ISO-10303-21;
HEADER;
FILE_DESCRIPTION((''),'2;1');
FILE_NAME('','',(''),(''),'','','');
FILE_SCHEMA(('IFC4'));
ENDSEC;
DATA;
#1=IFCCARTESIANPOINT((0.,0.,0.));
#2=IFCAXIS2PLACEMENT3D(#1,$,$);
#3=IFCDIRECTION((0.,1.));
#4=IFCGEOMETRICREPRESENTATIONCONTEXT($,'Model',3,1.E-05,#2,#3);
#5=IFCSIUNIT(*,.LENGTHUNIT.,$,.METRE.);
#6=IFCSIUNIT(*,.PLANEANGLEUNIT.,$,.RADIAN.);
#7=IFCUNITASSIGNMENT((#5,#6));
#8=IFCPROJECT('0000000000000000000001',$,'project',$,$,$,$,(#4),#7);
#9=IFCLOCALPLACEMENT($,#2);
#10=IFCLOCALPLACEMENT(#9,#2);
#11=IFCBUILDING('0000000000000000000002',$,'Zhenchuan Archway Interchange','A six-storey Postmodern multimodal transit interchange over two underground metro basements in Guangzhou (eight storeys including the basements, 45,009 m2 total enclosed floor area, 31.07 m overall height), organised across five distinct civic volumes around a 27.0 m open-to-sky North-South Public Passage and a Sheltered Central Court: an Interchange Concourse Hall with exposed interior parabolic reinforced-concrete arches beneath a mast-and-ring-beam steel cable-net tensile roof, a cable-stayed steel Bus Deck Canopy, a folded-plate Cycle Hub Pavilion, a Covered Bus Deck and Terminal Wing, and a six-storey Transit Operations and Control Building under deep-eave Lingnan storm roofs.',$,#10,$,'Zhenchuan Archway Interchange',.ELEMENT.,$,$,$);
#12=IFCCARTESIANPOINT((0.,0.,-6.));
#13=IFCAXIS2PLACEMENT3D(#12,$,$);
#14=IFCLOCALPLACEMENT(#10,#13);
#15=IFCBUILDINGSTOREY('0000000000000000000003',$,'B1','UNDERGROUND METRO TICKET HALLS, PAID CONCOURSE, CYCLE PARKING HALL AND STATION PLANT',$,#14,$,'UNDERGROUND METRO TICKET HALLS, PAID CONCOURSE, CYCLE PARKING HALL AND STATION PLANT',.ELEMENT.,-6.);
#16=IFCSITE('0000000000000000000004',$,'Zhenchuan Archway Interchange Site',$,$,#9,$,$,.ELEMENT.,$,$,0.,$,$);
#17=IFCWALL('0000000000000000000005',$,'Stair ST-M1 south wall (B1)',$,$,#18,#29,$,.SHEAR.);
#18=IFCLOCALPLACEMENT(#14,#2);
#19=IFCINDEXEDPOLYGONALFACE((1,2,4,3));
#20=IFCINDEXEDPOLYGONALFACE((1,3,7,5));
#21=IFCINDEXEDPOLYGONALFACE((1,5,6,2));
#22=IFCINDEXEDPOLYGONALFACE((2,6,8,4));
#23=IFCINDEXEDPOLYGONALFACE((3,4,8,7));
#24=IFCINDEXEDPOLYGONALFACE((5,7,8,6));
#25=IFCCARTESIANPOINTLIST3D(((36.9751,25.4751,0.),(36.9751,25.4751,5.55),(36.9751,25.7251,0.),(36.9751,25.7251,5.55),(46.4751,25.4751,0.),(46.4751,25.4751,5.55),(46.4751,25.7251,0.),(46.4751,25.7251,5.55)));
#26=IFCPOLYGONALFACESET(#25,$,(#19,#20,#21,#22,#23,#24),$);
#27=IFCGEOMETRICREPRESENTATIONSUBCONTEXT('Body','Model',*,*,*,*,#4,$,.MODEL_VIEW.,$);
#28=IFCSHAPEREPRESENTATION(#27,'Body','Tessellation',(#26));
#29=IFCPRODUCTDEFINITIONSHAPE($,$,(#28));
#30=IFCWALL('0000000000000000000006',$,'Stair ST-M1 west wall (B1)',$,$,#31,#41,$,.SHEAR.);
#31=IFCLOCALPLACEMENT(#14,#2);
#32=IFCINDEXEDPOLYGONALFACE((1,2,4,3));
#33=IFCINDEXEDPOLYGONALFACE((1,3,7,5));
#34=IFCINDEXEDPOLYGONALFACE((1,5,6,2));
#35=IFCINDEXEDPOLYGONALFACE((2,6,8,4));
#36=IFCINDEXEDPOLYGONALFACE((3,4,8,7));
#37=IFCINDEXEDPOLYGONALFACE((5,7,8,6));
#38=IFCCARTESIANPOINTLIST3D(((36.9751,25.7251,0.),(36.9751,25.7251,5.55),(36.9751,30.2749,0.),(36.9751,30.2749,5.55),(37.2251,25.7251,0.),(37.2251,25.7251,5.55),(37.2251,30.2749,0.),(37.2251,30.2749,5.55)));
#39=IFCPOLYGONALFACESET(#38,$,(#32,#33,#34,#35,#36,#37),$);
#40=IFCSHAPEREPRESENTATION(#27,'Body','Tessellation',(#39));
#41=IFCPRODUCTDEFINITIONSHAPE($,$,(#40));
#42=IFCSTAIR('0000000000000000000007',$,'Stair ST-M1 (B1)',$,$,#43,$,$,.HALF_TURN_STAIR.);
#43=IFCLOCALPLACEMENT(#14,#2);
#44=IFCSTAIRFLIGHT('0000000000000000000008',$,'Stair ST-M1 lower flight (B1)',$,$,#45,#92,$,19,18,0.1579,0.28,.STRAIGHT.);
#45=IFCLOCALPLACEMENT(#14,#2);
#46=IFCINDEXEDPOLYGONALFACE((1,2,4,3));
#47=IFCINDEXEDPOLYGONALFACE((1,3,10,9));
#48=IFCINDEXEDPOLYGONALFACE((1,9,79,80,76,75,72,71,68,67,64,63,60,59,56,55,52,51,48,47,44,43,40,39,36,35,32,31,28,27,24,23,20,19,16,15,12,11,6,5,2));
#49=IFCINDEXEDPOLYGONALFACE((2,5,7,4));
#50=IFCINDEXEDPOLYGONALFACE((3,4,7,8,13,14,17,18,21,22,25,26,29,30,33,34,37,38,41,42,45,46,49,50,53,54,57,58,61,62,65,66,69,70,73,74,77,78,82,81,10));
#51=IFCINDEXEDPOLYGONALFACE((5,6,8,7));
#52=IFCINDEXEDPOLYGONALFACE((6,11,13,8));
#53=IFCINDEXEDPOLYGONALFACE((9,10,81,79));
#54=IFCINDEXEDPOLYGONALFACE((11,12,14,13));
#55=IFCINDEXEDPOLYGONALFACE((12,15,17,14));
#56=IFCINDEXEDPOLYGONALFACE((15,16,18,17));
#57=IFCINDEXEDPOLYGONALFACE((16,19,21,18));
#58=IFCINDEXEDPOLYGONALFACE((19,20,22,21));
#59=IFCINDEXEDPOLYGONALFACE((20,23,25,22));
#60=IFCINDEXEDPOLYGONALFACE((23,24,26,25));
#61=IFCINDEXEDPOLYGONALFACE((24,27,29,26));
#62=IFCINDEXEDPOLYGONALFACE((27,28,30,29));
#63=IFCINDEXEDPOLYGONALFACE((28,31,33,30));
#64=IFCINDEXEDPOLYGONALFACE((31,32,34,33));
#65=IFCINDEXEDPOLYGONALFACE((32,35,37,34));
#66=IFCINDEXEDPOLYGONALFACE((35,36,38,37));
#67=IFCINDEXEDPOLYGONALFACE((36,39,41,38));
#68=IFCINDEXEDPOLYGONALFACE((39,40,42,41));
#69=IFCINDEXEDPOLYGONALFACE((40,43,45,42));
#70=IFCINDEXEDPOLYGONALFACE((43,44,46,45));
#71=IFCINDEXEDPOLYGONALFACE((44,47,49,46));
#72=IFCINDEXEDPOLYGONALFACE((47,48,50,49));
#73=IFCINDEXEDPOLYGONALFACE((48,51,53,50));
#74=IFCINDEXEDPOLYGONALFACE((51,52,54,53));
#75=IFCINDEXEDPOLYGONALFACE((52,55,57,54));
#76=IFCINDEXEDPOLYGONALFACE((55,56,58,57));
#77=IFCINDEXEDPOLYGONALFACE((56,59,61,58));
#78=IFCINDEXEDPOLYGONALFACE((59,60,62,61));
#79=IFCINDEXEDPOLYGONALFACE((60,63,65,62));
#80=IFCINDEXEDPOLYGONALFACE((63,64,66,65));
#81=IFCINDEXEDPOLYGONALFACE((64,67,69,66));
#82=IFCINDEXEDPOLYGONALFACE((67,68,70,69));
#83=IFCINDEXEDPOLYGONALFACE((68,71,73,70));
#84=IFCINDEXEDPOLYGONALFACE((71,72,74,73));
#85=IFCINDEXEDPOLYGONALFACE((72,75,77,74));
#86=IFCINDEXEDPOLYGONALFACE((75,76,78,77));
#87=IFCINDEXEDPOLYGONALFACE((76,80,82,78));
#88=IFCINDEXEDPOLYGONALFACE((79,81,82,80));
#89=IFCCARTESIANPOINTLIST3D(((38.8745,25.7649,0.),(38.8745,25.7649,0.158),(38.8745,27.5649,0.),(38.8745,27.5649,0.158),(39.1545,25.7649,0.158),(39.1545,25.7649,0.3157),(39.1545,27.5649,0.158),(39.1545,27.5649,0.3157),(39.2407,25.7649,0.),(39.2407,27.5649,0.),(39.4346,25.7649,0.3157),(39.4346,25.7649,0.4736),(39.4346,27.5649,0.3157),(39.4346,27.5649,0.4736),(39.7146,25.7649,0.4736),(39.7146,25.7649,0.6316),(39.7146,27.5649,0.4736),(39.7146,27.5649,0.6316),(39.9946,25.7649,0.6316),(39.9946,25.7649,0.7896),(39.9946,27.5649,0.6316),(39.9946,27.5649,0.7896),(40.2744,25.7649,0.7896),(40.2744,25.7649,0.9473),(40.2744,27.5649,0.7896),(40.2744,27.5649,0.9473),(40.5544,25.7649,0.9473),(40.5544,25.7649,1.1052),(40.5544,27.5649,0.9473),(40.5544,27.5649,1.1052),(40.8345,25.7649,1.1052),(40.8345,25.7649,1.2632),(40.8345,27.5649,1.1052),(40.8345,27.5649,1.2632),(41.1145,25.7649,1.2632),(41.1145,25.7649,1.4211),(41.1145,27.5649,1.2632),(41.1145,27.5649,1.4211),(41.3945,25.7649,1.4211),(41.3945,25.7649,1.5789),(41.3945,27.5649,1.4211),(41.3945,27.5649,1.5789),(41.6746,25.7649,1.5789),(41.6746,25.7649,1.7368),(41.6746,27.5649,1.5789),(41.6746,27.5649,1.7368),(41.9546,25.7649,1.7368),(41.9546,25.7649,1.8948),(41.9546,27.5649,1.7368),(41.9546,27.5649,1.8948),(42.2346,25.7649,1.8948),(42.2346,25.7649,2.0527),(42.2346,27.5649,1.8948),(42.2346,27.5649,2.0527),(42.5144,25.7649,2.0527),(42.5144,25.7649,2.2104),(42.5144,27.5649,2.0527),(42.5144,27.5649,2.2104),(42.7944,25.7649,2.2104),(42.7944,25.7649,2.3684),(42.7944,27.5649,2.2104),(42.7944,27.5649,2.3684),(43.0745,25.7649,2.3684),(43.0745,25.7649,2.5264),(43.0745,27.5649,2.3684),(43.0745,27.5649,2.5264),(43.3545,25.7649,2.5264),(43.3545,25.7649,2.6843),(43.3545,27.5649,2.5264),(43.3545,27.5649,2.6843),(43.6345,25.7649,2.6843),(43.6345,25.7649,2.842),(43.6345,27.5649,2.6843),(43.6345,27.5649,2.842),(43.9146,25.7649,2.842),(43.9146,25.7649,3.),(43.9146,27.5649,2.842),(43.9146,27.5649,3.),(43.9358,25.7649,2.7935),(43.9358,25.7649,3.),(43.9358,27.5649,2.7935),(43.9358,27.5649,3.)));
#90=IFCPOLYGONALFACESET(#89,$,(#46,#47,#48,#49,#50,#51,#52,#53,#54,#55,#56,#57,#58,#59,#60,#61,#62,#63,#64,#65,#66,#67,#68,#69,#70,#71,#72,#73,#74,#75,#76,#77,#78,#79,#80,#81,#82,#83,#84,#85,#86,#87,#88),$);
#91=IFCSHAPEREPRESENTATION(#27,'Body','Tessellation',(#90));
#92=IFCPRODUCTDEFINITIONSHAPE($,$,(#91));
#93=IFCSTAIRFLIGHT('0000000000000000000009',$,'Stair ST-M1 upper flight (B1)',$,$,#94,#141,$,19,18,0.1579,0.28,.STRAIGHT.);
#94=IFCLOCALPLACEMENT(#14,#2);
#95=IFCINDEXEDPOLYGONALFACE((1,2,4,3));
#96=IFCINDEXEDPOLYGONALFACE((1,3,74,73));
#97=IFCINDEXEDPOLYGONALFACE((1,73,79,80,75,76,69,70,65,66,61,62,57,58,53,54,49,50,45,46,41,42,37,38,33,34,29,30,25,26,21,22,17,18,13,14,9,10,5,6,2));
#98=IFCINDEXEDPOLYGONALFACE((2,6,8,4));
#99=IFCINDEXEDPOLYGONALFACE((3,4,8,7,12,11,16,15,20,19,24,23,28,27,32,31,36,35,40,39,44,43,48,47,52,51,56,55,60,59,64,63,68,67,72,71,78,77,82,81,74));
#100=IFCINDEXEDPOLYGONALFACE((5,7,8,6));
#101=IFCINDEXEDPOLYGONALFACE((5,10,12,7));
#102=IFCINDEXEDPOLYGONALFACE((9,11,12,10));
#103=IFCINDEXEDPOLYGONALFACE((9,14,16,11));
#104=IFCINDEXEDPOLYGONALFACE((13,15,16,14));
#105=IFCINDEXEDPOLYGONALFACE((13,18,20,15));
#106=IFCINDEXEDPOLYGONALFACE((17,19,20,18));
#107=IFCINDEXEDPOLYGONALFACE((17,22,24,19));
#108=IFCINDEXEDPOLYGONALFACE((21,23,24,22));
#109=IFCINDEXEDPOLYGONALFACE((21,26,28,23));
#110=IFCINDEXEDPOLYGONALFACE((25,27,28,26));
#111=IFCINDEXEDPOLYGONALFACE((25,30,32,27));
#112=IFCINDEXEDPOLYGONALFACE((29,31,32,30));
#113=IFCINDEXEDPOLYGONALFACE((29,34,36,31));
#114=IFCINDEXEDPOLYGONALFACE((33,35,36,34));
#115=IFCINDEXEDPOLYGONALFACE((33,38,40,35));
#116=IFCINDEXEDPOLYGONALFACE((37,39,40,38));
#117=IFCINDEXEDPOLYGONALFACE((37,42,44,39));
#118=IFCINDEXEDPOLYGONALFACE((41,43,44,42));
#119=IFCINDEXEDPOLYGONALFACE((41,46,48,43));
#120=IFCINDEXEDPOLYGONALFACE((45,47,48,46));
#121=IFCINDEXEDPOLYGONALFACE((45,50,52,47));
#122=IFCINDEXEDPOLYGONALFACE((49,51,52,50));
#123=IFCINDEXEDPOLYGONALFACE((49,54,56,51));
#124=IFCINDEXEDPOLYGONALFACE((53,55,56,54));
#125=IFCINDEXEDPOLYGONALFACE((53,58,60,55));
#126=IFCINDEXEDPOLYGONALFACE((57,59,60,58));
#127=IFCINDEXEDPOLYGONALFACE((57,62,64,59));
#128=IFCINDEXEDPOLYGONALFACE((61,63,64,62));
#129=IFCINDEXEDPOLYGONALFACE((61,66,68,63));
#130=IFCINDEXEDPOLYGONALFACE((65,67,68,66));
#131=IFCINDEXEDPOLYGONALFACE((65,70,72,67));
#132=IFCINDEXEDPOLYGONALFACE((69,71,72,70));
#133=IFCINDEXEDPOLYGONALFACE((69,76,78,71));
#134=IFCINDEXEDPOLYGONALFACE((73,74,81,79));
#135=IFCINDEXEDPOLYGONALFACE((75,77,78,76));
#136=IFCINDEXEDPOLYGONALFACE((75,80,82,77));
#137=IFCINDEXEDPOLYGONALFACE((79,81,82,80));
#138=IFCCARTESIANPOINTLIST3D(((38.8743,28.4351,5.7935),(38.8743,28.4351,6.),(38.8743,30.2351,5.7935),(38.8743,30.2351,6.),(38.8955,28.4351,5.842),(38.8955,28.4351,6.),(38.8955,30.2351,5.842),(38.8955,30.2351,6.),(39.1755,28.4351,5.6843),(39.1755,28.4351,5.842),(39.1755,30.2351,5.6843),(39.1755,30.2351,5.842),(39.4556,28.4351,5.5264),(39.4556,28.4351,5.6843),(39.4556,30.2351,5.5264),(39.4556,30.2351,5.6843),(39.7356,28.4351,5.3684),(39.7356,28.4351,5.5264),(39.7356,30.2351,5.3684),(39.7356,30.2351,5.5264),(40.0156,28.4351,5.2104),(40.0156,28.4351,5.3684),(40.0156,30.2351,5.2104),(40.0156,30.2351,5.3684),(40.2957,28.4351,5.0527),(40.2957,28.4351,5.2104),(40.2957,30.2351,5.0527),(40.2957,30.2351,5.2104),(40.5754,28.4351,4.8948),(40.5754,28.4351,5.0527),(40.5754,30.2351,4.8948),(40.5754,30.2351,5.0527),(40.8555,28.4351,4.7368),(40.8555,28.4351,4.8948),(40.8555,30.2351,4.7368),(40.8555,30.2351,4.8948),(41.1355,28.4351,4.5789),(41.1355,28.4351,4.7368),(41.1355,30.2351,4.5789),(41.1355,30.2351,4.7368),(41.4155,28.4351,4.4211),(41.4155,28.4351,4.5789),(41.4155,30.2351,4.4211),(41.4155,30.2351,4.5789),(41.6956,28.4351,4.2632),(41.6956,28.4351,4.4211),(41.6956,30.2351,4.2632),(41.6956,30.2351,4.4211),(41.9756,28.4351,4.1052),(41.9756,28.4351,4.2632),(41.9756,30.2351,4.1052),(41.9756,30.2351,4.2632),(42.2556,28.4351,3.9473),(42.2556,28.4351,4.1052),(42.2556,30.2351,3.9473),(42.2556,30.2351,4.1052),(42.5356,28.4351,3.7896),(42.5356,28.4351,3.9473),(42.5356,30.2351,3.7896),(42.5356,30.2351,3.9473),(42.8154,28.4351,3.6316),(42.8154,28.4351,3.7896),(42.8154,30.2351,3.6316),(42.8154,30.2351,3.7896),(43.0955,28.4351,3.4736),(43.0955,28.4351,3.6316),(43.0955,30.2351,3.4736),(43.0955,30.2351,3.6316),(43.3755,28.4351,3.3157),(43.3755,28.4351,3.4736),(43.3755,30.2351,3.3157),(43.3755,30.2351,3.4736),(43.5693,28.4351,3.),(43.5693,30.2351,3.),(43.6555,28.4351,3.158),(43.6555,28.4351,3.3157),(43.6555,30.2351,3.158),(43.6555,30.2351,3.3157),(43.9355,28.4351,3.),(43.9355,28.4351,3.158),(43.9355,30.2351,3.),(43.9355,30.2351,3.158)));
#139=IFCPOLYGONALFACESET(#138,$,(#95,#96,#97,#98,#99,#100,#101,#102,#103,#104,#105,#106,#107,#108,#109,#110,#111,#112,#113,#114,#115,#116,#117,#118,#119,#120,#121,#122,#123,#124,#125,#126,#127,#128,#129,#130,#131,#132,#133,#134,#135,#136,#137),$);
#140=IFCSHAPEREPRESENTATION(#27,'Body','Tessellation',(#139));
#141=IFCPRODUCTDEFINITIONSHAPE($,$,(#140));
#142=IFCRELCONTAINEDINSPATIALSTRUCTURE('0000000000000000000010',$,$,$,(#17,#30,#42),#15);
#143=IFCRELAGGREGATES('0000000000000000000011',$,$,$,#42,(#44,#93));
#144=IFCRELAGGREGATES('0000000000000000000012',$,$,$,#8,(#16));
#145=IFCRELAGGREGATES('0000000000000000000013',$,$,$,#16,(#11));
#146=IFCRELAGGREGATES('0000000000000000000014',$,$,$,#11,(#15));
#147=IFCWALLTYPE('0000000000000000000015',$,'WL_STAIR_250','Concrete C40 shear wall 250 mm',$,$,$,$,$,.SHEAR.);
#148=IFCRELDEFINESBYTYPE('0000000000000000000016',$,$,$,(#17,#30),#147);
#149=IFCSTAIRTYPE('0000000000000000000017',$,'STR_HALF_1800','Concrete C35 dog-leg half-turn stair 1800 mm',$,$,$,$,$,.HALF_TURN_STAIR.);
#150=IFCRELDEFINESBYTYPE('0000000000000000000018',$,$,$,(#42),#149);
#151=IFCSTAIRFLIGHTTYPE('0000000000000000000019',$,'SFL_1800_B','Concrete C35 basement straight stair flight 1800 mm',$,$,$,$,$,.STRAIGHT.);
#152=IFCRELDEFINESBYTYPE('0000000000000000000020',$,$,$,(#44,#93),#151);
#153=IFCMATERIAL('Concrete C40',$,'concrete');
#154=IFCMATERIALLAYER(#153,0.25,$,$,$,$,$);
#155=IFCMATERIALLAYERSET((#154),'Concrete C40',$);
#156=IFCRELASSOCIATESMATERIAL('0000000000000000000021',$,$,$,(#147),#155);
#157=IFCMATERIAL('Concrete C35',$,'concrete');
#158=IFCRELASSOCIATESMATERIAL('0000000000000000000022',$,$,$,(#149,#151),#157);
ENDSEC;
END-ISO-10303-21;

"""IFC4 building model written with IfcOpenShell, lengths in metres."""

from ifc_helpers import new_model, si_unit, direction, frame, frame_2d, origin, place, context, subcontext, project, spatial, polyline, rectangle, outline, extrude, material, layer, layer_set, type_object, element, aggregate, save


model = new_model("IFC4")

# Units and contexts
model_context = context("Model", 3, precision=1e-05, world=origin(), true_north=direction((0.0, 1.0)))
body_context = subcontext(model_context, "Body", "Model", "MODEL_VIEW")
ifc_project = project(units=[si_unit("LENGTHUNIT", "METRE"), si_unit("PLANEANGLEUNIT", "RADIAN")], contexts=[model_context])

# Site, building, storey
site_placement = place(None, origin())
site = spatial("IfcSite", under=ifc_project, at=site_placement, Name="Zhenchuan Archway Interchange Site", CompositionType="ELEMENT", RefElevation=0.0)
building_placement = place(site_placement, origin())
building = spatial("IfcBuilding", under=site, at=building_placement, Name="Zhenchuan Archway Interchange", Description="A six-storey Postmodern multimodal transit interchange over two underground metro basements in Guangzhou (eight storeys including the basements, 45,009 m2 total enclosed floor area, 31.07 m overall height), organised across five distinct civic volumes around a 27.0 m open-to-sky North-South Public Passage and a Sheltered Central Court: an Interchange Concourse Hall with exposed interior parabolic reinforced-concrete arches beneath a mast-and-ring-beam steel cable-net tensile roof, a cable-stayed steel Bus Deck Canopy, a folded-plate Cycle Hub Pavilion, a Covered Bus Deck and Terminal Wing, and a six-storey Transit Operations and Control Building under deep-eave Lingnan storm roofs.", LongName="Zhenchuan Archway Interchange", CompositionType="ELEMENT")
storey_placement = place(building_placement, frame((0.0, 0.0, -6.0)))
storey = spatial("IfcBuildingStorey", under=building, at=storey_placement, Name="B1", Description="UNDERGROUND METRO TICKET HALLS, PAID CONCOURSE, CYCLE PARKING HALL AND STATION PLANT", LongName="UNDERGROUND METRO TICKET HALLS, PAID CONCOURSE, CYCLE PARKING HALL AND STATION PLANT", CompositionType="ELEMENT", Elevation=-6.0)

# Shared definitions
ifc_material_1 = material(Name="Concrete C40", Category="concrete")

# Shared definitions
ifc_material_2 = material(Name="Concrete C35", Category="concrete")

# Walls
ifc_layer_1 = layer(ifc_material_1, 0.25)
ifc_layer_set_1 = layer_set([ifc_layer_1], Name="Concrete C40")
wall_type_1 = type_object("IfcWallType", Name="WL_STAIR_250", Description="Concrete C40 shear wall 250 mm", PredefinedType="SHEAR", material=ifc_layer_set_1)
wall_1_placement = place(storey_placement, frame((36.9751, 25.6001, 0.0), z_axis=(0.0, 0.0, 1.0), x_axis=(1.0, 0.0, 0.0)))
element("IfcWall", 1, at=wall_1_placement, inside=storey, type_object=wall_type_1, Name="Stair ST-M1 south wall (B1)", PredefinedType="SHEAR", context=body_context, shape_type="SweptSolid", body=[
    extrude(rectangle(XDim=9.5, YDim=0.25, at=frame_2d((4.75, 0.0))), origin(), (0.0, 0.0, 1.0), 5.55),
])
wall_2_placement = place(storey_placement, frame((37.1001, 30.2749, 0.0), z_axis=(0.0, 0.0, 1.0), x_axis=(0.0, -1.0, 0.0)))
element("IfcWall", 2, at=wall_2_placement, inside=storey, type_object=wall_type_1, Name="Stair ST-M1 west wall (B1)", PredefinedType="SHEAR", context=body_context, shape_type="SweptSolid", body=[
    extrude(rectangle(XDim=4.5498, YDim=0.25, at=frame_2d((2.2749, 0.0))), origin(), (0.0, 0.0, 1.0), 5.55),
])

# Stair, stair flights
stair_type = type_object("IfcStairType", Name="STR_HALF_1800", Description="Concrete C35 dog-leg half-turn stair 1800 mm", PredefinedType="HALF_TURN_STAIR", material=ifc_material_2)
stair_placement = place(storey_placement, origin())
stair = element("IfcStair", 3, at=stair_placement, inside=storey, type_object=stair_type, Name="Stair ST-M1 (B1)", PredefinedType="HALF_TURN_STAIR")
stair_flight_type = type_object("IfcStairFlightType", Name="SFL_1800_B", Description="Concrete C35 basement straight stair flight 1800 mm", PredefinedType="STRAIGHT", material=ifc_material_2)
stair_flight_1_placement = place(storey_placement, frame((38.8745, 26.665, 0.0), z_axis=(0.0, 0.0, 1.0), x_axis=(1.0, 0.0, 0.0)))
stair_flight_1 = element("IfcStairFlight", 4, at=stair_flight_1_placement, type_object=stair_flight_type, Name="Stair ST-M1 lower flight (B1)", NumberOfRisers=19, NumberOfTreads=18, PredefinedType="STRAIGHT", RiserHeight=0.1579, TreadLength=0.28, context=body_context, shape_type="SweptSolid", body=[
    extrude(outline(polyline([(0.0, 0.0), (0.0, 0.158), (0.28, 0.158), (0.28, 0.3157), (0.5601, 0.3157), (0.5601, 0.4736), (0.8401, 0.4736), (0.8401, 0.6316), (1.1201, 0.6316), (1.1201, 0.7896), (1.3999, 0.7896), (1.3999, 0.9473), (1.6799, 0.9473), (1.6799, 1.1052), (1.96, 1.1052), (1.96, 1.2632), (2.24, 1.2632), (2.24, 1.4211), (2.52, 1.4211), (2.52, 1.5789), (2.8, 1.5789), (2.8, 1.7368), (3.0801, 1.7368), (3.0801, 1.8948), (3.3601, 1.8948), (3.3601, 2.0527), (3.6399, 2.0527), (3.6399, 2.2104), (3.9199, 2.2104), (3.9199, 2.3684), (4.2, 2.3684), (4.2, 2.5264), (4.48, 2.5264), (4.48, 2.6843), (4.76, 2.6843), (4.76, 2.842), (5.04, 2.842), (5.04, 3.0), (5.0613, 3.0), (5.0613, 2.7935), (0.3662, 0.0), (0.0, 0.0)])), frame((0.0, 0.8999, 0.0), z_axis=(0.0, -1.0, 0.0), x_axis=(1.0, 0.0, 0.0)), (0.0, 0.0, 1.0), 1.8),
])
stair_flight_2_placement = place(storey_placement, frame((43.9355, 29.335, 3.0), z_axis=(0.0, 0.0, 1.0), x_axis=(-1.0, 0.0, 0.0)))
stair_flight_2 = element("IfcStairFlight", 5, at=stair_flight_2_placement, type_object=stair_flight_type, Name="Stair ST-M1 upper flight (B1)", NumberOfRisers=19, NumberOfTreads=18, PredefinedType="STRAIGHT", RiserHeight=0.1579, TreadLength=0.28, context=body_context, shape_type="SweptSolid", body=[
    extrude(outline(polyline([(0.0, 0.0), (0.0, 0.158), (0.28, 0.158), (0.28, 0.3157), (0.5601, 0.3157), (0.5601, 0.4736), (0.8401, 0.4736), (0.8401, 0.6316), (1.1201, 0.6316), (1.1201, 0.7896), (1.3999, 0.7896), (1.3999, 0.9473), (1.6799, 0.9473), (1.6799, 1.1052), (1.96, 1.1052), (1.96, 1.2632), (2.24, 1.2632), (2.24, 1.4211), (2.52, 1.4211), (2.52, 1.5789), (2.8, 1.5789), (2.8, 1.7368), (3.0801, 1.7368), (3.0801, 1.8948), (3.3601, 1.8948), (3.3601, 2.0527), (3.6399, 2.0527), (3.6399, 2.2104), (3.9199, 2.2104), (3.9199, 2.3684), (4.2, 2.3684), (4.2, 2.5264), (4.48, 2.5264), (4.48, 2.6843), (4.76, 2.6843), (4.76, 2.842), (5.04, 2.842), (5.04, 3.0), (5.0613, 3.0), (5.0613, 2.7935), (0.3662, 0.0), (0.0, 0.0)])), frame((0.0, 0.8999, 0.0), z_axis=(0.0, -1.0, 0.0), x_axis=(1.0, 0.0, 0.0)), (0.0, 0.0, 1.0), 1.8),
])
aggregate(stair, [stair_flight_1, stair_flight_2])

save(model, "model.ifc")
